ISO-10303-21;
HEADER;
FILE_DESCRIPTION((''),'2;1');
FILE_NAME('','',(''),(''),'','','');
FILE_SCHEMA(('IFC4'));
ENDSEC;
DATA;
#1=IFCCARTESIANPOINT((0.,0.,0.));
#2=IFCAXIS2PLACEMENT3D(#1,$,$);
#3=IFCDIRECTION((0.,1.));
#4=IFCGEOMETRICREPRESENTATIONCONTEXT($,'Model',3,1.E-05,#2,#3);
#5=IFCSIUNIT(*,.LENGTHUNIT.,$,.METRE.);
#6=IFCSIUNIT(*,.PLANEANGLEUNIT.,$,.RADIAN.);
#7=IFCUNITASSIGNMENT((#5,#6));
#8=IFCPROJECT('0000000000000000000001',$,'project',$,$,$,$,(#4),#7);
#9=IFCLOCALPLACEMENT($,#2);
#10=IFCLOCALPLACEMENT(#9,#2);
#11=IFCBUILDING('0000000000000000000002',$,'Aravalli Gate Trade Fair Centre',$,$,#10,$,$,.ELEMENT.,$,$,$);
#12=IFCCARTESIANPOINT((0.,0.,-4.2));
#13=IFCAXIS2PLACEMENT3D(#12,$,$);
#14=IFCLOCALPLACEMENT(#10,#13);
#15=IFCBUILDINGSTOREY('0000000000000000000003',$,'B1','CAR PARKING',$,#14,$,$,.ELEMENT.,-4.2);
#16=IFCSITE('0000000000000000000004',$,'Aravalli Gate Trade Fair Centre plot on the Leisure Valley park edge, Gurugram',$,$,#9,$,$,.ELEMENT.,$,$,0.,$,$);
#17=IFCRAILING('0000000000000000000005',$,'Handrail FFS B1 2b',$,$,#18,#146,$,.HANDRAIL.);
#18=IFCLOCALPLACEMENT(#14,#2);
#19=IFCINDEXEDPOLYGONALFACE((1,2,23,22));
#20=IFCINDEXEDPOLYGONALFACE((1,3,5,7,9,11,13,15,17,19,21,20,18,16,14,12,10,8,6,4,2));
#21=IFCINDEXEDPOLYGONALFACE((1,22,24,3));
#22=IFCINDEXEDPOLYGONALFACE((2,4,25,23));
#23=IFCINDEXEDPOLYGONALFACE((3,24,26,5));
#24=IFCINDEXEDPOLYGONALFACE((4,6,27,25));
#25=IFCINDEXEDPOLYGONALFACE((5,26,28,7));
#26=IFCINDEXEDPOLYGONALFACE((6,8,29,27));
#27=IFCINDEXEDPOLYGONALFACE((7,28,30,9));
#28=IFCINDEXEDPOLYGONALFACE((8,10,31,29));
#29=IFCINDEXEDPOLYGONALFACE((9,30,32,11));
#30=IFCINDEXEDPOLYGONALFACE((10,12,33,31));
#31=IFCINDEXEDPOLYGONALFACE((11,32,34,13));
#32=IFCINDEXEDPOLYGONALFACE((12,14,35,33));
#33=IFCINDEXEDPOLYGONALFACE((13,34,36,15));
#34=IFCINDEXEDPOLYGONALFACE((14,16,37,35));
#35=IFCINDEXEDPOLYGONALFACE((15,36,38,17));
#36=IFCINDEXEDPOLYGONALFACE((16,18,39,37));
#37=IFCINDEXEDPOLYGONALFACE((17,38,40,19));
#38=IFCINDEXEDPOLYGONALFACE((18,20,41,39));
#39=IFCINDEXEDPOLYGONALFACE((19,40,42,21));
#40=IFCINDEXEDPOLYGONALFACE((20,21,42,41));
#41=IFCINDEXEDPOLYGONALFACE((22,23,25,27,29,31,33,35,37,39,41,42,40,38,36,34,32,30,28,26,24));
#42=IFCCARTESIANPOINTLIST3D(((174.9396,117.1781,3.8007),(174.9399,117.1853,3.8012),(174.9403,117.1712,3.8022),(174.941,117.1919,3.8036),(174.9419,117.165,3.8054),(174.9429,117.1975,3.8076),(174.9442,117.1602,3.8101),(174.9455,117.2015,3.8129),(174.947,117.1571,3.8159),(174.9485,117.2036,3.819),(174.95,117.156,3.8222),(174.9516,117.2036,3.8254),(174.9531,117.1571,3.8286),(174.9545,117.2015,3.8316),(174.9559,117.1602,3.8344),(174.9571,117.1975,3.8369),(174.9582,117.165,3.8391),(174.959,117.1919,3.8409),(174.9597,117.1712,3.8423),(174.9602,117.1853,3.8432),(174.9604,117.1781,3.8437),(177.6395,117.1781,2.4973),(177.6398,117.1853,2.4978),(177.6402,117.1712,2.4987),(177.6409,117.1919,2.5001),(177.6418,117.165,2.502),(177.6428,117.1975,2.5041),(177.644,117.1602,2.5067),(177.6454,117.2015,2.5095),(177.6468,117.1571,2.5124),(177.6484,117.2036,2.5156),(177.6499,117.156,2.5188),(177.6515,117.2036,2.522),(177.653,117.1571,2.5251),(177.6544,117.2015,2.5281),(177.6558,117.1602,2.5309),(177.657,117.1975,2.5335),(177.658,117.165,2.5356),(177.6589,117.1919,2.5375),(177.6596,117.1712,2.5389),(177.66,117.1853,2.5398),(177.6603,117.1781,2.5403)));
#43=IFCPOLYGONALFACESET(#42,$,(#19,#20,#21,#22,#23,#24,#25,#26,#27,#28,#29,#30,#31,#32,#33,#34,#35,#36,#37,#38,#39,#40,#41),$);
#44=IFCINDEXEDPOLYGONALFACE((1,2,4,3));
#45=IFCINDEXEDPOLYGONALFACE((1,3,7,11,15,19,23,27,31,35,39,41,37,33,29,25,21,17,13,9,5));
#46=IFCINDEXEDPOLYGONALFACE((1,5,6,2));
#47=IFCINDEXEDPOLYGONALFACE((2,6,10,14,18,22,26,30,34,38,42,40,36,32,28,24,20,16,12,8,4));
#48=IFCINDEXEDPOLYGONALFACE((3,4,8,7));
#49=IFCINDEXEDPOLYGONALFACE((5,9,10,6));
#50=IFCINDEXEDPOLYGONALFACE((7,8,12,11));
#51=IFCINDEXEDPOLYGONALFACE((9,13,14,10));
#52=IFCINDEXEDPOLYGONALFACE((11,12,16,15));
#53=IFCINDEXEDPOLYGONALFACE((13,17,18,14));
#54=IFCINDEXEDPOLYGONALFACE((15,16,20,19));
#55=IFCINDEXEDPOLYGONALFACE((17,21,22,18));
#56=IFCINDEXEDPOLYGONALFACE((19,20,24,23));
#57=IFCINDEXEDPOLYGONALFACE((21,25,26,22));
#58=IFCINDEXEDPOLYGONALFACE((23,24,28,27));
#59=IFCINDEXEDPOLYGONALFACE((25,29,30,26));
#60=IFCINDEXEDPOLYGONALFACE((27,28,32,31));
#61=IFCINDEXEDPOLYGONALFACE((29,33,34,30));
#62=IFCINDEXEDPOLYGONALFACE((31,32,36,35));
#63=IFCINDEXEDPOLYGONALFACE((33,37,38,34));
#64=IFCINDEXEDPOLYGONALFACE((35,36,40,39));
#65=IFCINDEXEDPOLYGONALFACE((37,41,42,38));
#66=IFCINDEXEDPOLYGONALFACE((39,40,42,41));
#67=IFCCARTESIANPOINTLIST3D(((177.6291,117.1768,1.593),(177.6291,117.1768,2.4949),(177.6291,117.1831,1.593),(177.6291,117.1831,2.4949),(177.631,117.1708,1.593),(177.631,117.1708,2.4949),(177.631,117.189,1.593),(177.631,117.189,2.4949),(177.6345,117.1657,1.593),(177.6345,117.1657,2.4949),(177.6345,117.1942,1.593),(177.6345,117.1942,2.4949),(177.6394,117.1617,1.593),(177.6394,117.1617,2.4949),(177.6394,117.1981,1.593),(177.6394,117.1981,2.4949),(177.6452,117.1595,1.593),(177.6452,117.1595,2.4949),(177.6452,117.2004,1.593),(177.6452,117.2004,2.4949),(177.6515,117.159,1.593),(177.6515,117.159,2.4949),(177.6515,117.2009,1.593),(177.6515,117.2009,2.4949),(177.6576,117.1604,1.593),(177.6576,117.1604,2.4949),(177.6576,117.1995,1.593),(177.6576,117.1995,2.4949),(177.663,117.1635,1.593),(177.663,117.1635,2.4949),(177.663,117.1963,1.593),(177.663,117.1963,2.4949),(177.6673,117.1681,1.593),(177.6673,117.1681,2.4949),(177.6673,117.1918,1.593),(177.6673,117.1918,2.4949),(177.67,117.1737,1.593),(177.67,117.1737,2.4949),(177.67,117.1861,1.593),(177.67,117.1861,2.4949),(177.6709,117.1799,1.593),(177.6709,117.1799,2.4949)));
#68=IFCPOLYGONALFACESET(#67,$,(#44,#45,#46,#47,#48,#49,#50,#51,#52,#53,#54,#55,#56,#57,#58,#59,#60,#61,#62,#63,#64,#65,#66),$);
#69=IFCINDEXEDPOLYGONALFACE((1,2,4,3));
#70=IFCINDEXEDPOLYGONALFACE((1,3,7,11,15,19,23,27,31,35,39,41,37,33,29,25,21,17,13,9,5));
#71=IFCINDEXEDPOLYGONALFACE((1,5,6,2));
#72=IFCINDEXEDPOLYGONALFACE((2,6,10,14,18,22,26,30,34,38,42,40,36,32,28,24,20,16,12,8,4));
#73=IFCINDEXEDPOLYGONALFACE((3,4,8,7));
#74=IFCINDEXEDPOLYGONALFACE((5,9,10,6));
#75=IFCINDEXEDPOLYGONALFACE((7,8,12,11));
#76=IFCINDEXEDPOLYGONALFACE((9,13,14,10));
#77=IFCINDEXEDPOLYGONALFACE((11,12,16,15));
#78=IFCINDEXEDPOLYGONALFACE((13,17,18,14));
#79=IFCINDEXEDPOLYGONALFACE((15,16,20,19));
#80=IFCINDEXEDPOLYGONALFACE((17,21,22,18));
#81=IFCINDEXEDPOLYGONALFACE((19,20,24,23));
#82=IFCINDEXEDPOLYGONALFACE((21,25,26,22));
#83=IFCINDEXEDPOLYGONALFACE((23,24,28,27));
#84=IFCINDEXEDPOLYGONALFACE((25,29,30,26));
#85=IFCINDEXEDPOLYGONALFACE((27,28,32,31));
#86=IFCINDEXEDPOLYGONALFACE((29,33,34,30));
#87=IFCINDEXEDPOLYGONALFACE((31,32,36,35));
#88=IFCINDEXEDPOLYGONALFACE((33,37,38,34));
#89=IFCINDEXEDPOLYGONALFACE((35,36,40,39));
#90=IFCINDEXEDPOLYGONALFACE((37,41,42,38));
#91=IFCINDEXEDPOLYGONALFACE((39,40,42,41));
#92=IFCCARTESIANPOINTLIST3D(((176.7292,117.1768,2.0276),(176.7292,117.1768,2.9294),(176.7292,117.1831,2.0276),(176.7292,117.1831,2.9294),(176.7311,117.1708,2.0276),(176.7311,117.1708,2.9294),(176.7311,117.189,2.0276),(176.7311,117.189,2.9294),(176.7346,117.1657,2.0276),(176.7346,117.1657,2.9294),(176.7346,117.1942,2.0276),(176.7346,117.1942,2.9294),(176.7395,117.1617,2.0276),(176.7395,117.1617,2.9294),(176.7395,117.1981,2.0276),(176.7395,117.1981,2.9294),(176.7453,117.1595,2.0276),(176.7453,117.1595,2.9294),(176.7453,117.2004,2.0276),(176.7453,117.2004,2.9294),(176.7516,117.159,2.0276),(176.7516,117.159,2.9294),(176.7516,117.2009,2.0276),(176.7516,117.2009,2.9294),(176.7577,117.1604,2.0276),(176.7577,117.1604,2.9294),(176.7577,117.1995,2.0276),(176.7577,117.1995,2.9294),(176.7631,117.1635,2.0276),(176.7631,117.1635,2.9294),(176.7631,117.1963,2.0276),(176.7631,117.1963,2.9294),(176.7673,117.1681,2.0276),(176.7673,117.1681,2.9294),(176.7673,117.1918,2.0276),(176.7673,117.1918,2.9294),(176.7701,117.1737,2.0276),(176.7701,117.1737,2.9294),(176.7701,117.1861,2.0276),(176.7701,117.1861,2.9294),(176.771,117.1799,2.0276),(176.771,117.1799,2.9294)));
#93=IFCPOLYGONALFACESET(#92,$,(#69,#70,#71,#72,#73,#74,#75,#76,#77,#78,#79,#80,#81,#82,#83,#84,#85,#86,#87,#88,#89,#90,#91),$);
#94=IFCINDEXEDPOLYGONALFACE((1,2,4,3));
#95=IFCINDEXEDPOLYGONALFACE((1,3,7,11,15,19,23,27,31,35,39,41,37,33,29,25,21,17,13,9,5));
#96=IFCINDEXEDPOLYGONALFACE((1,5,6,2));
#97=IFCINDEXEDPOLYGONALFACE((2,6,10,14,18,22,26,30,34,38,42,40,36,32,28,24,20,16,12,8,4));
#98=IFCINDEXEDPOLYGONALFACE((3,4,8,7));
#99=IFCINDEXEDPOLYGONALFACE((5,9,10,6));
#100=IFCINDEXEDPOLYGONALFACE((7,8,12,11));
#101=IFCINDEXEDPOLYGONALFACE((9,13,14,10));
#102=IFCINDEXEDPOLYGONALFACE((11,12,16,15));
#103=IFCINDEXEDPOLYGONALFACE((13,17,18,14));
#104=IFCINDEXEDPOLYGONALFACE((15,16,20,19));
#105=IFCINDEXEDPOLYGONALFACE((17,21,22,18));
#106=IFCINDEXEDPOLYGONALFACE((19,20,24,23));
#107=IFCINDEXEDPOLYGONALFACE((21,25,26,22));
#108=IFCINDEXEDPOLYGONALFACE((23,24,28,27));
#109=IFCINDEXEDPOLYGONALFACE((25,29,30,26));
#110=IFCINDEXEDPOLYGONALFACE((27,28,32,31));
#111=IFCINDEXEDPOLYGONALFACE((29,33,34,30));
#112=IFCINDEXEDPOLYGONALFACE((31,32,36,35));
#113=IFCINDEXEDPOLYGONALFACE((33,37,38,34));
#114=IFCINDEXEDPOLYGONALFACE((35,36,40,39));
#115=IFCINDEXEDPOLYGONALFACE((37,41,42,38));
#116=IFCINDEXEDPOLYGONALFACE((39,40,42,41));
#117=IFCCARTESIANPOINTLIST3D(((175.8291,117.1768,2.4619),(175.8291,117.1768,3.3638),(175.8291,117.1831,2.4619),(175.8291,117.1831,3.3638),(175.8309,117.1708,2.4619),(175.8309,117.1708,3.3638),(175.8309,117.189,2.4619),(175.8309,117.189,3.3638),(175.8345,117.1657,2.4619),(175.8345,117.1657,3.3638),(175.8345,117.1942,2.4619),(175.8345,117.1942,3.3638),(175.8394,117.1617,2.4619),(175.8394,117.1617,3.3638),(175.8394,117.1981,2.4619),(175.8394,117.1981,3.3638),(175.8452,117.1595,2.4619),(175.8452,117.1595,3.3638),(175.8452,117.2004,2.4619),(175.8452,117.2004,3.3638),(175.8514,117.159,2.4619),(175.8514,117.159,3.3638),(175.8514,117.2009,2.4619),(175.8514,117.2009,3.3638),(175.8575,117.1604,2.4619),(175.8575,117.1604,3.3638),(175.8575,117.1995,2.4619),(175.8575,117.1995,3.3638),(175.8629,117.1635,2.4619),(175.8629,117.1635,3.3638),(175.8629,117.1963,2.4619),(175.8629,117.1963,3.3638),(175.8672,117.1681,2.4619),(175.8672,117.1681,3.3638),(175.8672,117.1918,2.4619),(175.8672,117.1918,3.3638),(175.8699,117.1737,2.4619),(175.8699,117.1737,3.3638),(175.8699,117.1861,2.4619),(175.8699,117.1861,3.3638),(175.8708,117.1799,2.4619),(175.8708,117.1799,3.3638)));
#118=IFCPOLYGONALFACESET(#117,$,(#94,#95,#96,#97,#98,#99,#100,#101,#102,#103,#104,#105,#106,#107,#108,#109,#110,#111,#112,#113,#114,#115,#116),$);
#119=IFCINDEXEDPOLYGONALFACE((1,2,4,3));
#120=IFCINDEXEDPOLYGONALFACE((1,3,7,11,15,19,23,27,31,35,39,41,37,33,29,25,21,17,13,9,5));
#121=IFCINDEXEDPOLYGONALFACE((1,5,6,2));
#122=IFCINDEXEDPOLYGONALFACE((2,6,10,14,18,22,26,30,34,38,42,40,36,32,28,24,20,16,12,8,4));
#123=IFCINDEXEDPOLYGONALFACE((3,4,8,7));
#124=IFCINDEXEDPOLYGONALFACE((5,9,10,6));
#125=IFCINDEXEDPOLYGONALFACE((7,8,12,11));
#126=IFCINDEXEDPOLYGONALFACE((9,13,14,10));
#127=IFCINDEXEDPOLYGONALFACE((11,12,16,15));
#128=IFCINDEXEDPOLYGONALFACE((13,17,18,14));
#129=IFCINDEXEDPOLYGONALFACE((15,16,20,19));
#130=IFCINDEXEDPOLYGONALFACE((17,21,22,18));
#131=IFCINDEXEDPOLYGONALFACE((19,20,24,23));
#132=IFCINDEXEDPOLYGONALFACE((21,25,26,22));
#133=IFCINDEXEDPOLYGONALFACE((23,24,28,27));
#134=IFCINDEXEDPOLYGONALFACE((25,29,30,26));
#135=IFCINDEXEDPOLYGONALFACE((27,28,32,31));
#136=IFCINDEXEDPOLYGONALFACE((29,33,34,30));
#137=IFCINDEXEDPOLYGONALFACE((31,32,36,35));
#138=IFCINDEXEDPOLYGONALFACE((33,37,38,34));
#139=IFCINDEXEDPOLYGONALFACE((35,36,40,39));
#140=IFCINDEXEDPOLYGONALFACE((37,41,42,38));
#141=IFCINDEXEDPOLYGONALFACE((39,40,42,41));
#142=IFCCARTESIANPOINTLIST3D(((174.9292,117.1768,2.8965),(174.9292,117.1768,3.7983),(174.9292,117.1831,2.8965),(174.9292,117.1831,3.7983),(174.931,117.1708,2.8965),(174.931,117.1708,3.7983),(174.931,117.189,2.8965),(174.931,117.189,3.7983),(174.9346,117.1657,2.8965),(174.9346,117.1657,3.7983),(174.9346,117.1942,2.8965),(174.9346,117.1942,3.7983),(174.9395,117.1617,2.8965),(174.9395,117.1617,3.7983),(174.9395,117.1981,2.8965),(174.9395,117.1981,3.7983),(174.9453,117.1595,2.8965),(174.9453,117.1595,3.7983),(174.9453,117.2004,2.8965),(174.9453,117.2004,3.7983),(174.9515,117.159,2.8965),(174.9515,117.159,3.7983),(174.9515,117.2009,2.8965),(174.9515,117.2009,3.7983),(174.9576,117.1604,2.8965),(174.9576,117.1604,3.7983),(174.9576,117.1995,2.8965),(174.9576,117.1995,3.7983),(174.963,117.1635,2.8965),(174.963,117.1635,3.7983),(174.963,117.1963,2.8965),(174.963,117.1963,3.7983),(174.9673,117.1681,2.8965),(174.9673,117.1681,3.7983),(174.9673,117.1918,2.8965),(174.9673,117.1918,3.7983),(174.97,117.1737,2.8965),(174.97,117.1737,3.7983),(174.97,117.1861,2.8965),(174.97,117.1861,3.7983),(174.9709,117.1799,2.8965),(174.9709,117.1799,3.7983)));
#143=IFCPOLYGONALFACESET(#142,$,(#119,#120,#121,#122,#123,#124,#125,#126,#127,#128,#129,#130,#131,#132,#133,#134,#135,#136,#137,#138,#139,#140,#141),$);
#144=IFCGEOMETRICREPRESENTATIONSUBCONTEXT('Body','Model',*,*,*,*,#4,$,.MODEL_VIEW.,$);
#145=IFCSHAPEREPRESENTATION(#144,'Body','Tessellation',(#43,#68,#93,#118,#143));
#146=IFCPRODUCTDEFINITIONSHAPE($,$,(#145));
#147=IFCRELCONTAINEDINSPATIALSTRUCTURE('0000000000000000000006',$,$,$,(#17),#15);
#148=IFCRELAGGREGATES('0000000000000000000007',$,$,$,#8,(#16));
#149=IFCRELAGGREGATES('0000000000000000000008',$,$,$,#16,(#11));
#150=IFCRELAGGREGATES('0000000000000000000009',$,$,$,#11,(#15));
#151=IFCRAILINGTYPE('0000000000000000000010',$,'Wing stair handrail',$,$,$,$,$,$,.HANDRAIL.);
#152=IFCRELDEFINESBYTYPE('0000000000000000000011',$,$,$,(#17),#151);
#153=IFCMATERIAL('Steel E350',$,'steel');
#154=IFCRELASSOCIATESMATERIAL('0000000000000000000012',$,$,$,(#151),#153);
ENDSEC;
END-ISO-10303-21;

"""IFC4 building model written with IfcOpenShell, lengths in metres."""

from ifc_helpers import new_model, si_unit, direction, frame, origin, origin_2d, place, context, subcontext, project, spatial, circle, extrude, material, type_object, element, save


model = new_model("IFC4")

# Units and contexts
model_context = context("Model", 3, precision=1e-05, world=origin(), true_north=direction((0.0, 1.0)))
body_context = subcontext(model_context, "Body", "Model", "MODEL_VIEW")
ifc_project = project(units=[si_unit("LENGTHUNIT", "METRE"), si_unit("PLANEANGLEUNIT", "RADIAN")], contexts=[model_context])

# Site, building, storey
site_placement = place(None, origin())
site = spatial("IfcSite", under=ifc_project, at=site_placement, Name="Aravalli Gate Trade Fair Centre plot on the Leisure Valley park edge, Gurugram", CompositionType="ELEMENT", RefElevation=0.0)
building_placement = place(site_placement, origin())
building = spatial("IfcBuilding", under=site, at=building_placement, Name="Aravalli Gate Trade Fair Centre", CompositionType="ELEMENT")
storey_placement = place(building_placement, frame((0.0, 0.0, -4.2)))
storey = spatial("IfcBuildingStorey", under=building, at=storey_placement, Name="B1", Description="CAR PARKING", CompositionType="ELEMENT", Elevation=-4.2)

# Railing
ifc_material_1 = material(Name="Steel E350", Category="steel")
railing_type_1 = type_object("IfcRailingType", Name="Wing stair handrail", PredefinedType="HANDRAIL", material=ifc_material_1)
for number, where, name in (
    (1, (177.6499, 117.1799, 1.593), "Handrail FFS B1 2b"),
):
    element("IfcRailing", number, at=place(storey_placement, frame(where)), inside=storey, type_object=railing_type_1, Name=name, PredefinedType="HANDRAIL", context=body_context, shape_type="SweptSolid", body=[
        extrude(circle(Radius=0.0239, at=origin_2d()), frame((0.0, 0.0, 0.9258), z_axis=(-0.900546, 0.0, 0.43476), x_axis=(0.0, -1.0, 0.0)), (0.0, 0.0, 1.0), 2.998),
        extrude(circle(Radius=0.021, at=origin_2d()), origin(), (0.0, 0.0, 1.0), 0.9019),
        extrude(circle(Radius=0.021, at=origin_2d()), frame((-0.8999, 0.0, 0.4346)), (0.0, 0.0, 1.0), 0.9019),
        extrude(circle(Radius=0.021, at=origin_2d()), frame((-1.8, 0.0, 0.8689)), (0.0, 0.0, 1.0), 0.9019),
        extrude(circle(Radius=0.021, at=origin_2d()), frame((-2.7, 0.0, 1.3035)), (0.0, 0.0, 1.0), 0.9019),
    ])

save(model, "model.ifc")
